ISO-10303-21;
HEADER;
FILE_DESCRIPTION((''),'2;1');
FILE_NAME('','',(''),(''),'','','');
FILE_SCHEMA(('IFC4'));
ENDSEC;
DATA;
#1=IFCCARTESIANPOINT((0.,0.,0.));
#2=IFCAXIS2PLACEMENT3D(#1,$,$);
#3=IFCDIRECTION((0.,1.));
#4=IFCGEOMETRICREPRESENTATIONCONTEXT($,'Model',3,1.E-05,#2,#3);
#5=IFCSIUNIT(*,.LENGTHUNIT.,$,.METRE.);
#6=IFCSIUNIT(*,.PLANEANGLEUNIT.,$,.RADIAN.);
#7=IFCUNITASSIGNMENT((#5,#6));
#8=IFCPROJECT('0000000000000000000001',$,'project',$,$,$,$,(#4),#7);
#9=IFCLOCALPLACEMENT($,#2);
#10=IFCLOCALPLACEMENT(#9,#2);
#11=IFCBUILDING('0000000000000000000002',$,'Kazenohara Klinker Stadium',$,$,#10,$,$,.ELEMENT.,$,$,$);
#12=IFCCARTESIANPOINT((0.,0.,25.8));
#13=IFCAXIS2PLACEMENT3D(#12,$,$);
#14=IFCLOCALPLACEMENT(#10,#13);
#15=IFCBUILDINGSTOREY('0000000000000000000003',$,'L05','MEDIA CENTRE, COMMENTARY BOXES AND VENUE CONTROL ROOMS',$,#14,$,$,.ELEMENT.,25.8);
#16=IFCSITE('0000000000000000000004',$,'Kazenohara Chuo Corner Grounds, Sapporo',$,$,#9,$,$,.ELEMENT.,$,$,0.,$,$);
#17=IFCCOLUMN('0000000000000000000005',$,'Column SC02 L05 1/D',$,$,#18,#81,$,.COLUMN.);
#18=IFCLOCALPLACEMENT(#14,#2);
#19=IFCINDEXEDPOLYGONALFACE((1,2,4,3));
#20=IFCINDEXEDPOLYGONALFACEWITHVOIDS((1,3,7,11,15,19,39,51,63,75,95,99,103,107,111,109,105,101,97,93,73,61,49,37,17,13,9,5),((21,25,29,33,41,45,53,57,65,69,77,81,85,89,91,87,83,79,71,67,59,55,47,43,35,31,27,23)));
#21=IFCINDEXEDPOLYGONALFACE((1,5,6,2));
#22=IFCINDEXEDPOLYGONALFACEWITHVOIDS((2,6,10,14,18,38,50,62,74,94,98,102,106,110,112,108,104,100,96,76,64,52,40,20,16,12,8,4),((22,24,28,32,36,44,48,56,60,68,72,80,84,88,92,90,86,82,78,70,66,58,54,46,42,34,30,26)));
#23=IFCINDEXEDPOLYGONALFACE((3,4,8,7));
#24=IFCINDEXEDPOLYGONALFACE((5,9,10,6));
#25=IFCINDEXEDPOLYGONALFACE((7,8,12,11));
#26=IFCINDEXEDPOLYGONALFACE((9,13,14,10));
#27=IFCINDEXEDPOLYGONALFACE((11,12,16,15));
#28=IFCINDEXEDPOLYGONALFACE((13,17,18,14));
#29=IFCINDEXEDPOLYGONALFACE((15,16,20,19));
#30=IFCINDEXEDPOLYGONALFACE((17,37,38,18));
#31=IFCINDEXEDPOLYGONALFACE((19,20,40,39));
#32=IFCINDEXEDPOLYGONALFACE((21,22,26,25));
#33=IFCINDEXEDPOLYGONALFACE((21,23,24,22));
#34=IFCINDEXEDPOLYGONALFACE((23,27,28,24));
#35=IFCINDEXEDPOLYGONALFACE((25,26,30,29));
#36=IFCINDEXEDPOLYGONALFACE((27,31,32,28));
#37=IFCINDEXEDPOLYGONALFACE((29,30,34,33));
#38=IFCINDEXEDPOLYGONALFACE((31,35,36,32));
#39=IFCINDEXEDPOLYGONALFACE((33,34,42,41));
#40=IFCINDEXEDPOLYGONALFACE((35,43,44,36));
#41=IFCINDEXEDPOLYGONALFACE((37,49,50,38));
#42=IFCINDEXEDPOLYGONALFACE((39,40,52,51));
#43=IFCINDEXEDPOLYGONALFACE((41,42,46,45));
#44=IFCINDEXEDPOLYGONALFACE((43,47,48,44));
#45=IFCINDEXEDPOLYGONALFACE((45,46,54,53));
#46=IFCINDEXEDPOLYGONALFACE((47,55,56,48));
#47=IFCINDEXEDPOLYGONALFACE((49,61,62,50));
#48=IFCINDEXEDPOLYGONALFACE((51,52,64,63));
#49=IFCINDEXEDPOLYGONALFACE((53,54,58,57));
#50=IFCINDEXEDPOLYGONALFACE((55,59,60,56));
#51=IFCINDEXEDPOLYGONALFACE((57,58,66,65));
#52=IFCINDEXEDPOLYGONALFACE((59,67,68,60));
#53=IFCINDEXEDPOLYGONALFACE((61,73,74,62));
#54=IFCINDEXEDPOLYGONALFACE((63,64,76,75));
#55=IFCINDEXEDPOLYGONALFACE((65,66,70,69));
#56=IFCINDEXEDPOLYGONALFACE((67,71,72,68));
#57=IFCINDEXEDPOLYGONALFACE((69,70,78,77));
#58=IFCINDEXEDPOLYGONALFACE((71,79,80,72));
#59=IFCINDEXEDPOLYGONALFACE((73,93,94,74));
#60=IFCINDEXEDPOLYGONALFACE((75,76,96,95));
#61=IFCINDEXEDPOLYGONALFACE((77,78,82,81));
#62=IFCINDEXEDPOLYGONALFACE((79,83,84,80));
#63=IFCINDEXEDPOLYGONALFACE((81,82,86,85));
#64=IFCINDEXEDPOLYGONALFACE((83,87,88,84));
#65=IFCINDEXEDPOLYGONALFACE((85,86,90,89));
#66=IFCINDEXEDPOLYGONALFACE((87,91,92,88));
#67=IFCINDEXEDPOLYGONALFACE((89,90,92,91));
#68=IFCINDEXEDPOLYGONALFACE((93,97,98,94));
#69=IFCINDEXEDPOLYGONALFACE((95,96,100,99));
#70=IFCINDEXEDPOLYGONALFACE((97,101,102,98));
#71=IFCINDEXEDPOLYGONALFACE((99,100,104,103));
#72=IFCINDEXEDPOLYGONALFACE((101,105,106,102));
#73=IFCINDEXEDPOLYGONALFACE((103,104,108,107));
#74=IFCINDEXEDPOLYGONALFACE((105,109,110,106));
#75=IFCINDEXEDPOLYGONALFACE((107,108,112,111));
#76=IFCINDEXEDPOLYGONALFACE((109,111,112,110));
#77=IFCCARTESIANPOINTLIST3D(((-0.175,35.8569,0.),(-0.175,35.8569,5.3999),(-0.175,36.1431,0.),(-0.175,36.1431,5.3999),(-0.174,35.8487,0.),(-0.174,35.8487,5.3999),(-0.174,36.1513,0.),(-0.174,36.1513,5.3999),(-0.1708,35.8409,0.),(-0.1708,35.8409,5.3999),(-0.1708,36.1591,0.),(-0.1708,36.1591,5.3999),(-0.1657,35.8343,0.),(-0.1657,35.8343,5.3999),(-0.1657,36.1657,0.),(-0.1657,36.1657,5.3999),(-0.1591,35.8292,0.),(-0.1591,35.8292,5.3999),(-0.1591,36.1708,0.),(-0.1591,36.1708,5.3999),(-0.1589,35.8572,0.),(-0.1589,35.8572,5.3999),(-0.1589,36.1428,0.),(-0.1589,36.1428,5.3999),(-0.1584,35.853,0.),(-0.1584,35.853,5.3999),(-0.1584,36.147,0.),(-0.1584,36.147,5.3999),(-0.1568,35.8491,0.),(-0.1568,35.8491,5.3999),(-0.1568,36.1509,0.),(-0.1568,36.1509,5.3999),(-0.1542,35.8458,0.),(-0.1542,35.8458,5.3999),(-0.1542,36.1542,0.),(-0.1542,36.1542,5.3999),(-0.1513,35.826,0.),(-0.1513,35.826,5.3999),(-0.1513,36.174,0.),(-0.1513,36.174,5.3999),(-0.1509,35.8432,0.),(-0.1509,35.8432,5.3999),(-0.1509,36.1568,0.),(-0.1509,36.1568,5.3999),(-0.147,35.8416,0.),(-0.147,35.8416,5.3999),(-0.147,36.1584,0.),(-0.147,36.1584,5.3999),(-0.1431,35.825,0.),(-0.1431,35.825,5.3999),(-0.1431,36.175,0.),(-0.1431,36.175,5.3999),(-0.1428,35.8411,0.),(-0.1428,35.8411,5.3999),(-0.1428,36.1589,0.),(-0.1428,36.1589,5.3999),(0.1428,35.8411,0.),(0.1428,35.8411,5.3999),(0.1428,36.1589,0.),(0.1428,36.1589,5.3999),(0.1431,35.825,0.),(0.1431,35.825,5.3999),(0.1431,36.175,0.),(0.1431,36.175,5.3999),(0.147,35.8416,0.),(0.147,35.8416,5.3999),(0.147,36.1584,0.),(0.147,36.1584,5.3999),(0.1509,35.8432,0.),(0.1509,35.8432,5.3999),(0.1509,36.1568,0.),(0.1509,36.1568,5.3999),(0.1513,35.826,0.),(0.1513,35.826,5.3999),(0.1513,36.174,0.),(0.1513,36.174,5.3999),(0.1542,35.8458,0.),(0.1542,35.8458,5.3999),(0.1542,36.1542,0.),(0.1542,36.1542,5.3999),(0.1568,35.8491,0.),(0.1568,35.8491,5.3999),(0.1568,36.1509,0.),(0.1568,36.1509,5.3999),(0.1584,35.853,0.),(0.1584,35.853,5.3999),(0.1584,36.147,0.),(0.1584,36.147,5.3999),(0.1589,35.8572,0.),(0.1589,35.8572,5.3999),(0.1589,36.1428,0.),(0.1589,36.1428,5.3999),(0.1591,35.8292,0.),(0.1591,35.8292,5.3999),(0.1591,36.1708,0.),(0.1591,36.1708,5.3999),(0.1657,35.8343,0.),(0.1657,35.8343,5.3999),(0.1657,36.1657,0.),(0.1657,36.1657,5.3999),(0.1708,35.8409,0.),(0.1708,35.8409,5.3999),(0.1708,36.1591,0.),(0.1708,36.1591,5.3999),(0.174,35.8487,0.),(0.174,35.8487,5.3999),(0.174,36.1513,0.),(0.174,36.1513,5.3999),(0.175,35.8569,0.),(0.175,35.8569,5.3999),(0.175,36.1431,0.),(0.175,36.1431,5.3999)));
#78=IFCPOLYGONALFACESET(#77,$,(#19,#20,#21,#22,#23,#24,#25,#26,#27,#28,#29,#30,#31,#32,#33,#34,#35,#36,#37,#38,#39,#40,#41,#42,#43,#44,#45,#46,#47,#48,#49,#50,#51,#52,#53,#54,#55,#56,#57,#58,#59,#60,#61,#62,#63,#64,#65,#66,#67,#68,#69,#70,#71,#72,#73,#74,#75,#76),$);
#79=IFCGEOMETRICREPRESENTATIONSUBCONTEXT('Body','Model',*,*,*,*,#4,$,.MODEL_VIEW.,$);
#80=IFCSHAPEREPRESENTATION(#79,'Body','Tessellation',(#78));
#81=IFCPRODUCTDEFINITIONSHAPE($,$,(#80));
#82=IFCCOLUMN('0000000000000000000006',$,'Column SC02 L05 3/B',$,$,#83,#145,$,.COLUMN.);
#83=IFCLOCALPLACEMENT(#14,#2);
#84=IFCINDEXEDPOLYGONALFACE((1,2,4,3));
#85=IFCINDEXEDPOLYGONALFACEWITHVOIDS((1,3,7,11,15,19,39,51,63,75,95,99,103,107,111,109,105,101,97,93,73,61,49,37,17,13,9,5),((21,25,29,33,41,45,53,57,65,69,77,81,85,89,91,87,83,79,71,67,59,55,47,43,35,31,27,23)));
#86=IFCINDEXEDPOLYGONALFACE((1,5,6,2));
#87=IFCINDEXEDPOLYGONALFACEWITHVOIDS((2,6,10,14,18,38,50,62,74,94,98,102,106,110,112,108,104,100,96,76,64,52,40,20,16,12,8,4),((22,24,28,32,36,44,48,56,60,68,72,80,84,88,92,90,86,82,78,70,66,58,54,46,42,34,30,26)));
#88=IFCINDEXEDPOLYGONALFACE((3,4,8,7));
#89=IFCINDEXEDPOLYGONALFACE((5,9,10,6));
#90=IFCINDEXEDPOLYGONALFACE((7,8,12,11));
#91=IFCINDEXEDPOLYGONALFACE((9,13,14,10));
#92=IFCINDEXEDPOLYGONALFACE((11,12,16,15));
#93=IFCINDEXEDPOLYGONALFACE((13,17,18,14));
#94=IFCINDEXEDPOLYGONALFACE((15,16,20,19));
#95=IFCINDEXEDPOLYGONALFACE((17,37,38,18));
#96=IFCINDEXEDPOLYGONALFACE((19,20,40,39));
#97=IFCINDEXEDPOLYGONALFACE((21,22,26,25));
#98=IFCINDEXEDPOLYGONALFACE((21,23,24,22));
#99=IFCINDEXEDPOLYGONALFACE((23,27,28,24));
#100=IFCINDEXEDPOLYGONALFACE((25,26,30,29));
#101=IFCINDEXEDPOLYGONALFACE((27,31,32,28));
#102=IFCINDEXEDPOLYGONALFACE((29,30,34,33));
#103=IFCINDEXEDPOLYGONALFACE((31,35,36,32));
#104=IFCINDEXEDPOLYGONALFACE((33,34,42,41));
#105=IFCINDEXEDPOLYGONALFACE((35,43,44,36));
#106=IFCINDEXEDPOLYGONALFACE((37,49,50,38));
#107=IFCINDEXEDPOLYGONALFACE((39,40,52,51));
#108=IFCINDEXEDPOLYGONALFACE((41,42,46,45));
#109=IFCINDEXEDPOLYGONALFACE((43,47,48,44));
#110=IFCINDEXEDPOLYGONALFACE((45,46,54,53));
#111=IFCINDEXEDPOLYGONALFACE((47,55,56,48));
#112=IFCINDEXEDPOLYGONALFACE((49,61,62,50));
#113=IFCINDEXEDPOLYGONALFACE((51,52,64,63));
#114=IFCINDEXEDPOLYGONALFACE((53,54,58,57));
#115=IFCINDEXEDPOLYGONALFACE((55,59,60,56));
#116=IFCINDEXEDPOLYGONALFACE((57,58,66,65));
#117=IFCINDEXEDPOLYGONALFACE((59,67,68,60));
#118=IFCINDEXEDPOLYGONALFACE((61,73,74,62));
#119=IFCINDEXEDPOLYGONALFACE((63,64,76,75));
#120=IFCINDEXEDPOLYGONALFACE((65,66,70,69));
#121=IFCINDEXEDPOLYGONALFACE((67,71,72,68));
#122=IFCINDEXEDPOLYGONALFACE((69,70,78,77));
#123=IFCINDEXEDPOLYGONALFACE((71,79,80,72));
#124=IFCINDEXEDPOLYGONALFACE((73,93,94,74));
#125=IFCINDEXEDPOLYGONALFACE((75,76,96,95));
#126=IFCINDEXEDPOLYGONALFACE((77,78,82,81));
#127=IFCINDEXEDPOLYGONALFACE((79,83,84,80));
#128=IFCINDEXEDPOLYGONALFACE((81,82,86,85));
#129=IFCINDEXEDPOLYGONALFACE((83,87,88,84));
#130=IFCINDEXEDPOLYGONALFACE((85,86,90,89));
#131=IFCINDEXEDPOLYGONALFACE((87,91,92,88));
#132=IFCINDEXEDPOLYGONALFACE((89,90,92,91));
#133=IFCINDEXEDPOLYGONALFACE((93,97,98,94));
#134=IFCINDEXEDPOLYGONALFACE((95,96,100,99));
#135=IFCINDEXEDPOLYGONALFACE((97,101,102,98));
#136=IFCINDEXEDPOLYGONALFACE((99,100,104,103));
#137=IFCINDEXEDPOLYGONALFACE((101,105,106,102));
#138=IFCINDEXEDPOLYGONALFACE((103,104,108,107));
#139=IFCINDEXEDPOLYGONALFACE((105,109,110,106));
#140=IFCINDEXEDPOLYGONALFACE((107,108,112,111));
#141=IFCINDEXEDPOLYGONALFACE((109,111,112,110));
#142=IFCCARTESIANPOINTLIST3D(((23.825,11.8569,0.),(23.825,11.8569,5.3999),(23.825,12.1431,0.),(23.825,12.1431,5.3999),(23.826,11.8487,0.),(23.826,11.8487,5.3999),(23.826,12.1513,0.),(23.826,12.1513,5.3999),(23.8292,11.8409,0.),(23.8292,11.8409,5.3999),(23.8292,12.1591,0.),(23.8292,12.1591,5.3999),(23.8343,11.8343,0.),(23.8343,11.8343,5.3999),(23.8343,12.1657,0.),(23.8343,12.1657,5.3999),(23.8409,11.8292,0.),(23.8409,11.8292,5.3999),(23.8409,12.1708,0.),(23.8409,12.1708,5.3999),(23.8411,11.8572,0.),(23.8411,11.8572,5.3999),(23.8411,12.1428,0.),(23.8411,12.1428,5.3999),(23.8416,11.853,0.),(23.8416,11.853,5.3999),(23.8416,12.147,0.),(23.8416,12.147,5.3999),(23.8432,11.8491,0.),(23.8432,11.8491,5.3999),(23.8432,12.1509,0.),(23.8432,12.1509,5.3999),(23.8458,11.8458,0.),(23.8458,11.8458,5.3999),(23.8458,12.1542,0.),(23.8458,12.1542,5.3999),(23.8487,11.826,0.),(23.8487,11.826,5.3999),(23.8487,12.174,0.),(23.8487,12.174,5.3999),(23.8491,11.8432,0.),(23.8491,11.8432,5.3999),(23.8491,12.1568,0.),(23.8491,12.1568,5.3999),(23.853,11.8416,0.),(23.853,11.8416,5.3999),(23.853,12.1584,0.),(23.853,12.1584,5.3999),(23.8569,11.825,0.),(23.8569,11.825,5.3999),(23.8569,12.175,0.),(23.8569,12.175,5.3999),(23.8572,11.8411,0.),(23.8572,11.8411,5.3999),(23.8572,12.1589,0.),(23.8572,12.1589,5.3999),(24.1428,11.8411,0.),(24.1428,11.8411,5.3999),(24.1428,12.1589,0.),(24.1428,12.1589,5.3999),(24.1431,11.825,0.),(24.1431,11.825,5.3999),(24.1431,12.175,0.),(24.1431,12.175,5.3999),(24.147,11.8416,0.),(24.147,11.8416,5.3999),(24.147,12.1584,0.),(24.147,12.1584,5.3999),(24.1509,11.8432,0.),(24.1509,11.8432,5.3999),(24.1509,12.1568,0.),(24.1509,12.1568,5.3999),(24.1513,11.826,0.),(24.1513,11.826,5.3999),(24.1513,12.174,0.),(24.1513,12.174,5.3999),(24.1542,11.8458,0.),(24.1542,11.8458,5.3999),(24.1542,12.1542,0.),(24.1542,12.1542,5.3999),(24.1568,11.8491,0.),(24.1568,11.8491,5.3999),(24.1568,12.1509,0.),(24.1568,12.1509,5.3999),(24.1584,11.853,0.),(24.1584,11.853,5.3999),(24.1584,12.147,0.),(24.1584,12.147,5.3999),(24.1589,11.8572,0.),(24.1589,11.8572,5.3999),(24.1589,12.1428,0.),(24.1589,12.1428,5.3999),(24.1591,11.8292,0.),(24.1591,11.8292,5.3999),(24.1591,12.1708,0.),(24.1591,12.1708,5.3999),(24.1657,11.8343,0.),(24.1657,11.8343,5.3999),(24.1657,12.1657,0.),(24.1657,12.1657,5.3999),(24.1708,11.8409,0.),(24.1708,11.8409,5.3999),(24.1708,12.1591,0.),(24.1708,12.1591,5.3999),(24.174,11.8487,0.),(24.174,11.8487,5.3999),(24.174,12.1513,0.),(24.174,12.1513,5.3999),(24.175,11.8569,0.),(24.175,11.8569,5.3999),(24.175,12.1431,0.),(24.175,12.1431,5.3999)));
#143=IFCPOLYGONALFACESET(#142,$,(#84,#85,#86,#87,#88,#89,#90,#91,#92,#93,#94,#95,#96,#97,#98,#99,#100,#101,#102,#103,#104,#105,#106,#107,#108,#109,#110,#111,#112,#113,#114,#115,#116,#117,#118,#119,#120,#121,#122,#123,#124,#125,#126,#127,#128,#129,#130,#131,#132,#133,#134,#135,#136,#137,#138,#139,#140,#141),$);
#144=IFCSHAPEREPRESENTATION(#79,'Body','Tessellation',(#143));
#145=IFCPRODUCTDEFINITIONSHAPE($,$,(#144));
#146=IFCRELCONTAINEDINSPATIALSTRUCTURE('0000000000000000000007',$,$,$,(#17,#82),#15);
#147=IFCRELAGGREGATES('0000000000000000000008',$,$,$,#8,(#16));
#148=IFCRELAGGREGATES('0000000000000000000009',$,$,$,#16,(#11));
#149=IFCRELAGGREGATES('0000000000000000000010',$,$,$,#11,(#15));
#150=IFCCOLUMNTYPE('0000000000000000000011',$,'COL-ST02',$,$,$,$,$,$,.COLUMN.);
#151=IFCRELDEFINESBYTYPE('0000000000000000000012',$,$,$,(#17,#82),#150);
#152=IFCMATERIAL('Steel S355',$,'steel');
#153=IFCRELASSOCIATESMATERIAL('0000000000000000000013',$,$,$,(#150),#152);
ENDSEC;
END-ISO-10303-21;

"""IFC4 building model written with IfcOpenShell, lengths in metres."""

from ifc_helpers import new_model, si_unit, direction, frame, origin, origin_2d, place, context, subcontext, project, spatial, hollow_rectangle, extrude, material, material_profile, profile_set, type_object, element, save


model = new_model("IFC4")

# Units and contexts
model_context = context("Model", 3, precision=1e-05, world=origin(), true_north=direction((0.0, 1.0)))
body_context = subcontext(model_context, "Body", "Model", "MODEL_VIEW")
ifc_project = project(units=[si_unit("LENGTHUNIT", "METRE"), si_unit("PLANEANGLEUNIT", "RADIAN")], contexts=[model_context])

# Site, building, storey
site_placement = place(None, origin())
site = spatial("IfcSite", under=ifc_project, at=site_placement, Name="Kazenohara Chuo Corner Grounds, Sapporo", CompositionType="ELEMENT", RefElevation=0.0)
building_placement = place(site_placement, origin())
building = spatial("IfcBuilding", under=site, at=building_placement, Name="Kazenohara Klinker Stadium", CompositionType="ELEMENT")
storey_placement = place(building_placement, frame((0.0, 0.0, 25.8)))
storey = spatial("IfcBuildingStorey", under=building, at=storey_placement, Name="L05", Description="MEDIA CENTRE, COMMENTARY BOXES AND VENUE CONTROL ROOMS", CompositionType="ELEMENT", Elevation=25.8)

# Columns
ifc_material_1 = material(Name="Steel S355", Category="steel")
ifc_material_profile_1 = material_profile(ifc_material_1, hollow_rectangle(XDim=0.3501, YDim=0.3501, WallThickness=0.0161, InnerFilletRadius=0.0161, OuterFilletRadius=0.032, at=origin_2d()), Name="SHS-350x350x16")
ifc_profile_set_1 = profile_set([ifc_material_profile_1], Name="Steel S355")
column_type_1 = type_object("IfcColumnType", Name="COL-ST02", PredefinedType="COLUMN", material=ifc_profile_set_1)
for number, where, z_axis, x_axis, name in (
    (1, (0.0, 36.0, 0.0), (0.0, 0.0, 1.0), (1.0, 0.0, 0.0), "Column SC02 L05 1/D"),
    (2, (24.0, 12.0, 0.0), (0.0, 0.0, 1.0), (1.0, 0.0, 0.0), "Column SC02 L05 3/B"),
):
    element("IfcColumn", number, at=place(storey_placement, frame(where, z_axis=z_axis, x_axis=x_axis)), inside=storey, type_object=column_type_1, Name=name, PredefinedType="COLUMN", context=body_context, shape_type="SweptSolid", body=[
        extrude(hollow_rectangle(XDim=0.3501, YDim=0.3501, WallThickness=0.0161, InnerFilletRadius=0.0161, OuterFilletRadius=0.032, at=origin_2d()), origin(), (0.0, 0.0, 1.0), 5.3999),
    ])

save(model, "model.ifc")
